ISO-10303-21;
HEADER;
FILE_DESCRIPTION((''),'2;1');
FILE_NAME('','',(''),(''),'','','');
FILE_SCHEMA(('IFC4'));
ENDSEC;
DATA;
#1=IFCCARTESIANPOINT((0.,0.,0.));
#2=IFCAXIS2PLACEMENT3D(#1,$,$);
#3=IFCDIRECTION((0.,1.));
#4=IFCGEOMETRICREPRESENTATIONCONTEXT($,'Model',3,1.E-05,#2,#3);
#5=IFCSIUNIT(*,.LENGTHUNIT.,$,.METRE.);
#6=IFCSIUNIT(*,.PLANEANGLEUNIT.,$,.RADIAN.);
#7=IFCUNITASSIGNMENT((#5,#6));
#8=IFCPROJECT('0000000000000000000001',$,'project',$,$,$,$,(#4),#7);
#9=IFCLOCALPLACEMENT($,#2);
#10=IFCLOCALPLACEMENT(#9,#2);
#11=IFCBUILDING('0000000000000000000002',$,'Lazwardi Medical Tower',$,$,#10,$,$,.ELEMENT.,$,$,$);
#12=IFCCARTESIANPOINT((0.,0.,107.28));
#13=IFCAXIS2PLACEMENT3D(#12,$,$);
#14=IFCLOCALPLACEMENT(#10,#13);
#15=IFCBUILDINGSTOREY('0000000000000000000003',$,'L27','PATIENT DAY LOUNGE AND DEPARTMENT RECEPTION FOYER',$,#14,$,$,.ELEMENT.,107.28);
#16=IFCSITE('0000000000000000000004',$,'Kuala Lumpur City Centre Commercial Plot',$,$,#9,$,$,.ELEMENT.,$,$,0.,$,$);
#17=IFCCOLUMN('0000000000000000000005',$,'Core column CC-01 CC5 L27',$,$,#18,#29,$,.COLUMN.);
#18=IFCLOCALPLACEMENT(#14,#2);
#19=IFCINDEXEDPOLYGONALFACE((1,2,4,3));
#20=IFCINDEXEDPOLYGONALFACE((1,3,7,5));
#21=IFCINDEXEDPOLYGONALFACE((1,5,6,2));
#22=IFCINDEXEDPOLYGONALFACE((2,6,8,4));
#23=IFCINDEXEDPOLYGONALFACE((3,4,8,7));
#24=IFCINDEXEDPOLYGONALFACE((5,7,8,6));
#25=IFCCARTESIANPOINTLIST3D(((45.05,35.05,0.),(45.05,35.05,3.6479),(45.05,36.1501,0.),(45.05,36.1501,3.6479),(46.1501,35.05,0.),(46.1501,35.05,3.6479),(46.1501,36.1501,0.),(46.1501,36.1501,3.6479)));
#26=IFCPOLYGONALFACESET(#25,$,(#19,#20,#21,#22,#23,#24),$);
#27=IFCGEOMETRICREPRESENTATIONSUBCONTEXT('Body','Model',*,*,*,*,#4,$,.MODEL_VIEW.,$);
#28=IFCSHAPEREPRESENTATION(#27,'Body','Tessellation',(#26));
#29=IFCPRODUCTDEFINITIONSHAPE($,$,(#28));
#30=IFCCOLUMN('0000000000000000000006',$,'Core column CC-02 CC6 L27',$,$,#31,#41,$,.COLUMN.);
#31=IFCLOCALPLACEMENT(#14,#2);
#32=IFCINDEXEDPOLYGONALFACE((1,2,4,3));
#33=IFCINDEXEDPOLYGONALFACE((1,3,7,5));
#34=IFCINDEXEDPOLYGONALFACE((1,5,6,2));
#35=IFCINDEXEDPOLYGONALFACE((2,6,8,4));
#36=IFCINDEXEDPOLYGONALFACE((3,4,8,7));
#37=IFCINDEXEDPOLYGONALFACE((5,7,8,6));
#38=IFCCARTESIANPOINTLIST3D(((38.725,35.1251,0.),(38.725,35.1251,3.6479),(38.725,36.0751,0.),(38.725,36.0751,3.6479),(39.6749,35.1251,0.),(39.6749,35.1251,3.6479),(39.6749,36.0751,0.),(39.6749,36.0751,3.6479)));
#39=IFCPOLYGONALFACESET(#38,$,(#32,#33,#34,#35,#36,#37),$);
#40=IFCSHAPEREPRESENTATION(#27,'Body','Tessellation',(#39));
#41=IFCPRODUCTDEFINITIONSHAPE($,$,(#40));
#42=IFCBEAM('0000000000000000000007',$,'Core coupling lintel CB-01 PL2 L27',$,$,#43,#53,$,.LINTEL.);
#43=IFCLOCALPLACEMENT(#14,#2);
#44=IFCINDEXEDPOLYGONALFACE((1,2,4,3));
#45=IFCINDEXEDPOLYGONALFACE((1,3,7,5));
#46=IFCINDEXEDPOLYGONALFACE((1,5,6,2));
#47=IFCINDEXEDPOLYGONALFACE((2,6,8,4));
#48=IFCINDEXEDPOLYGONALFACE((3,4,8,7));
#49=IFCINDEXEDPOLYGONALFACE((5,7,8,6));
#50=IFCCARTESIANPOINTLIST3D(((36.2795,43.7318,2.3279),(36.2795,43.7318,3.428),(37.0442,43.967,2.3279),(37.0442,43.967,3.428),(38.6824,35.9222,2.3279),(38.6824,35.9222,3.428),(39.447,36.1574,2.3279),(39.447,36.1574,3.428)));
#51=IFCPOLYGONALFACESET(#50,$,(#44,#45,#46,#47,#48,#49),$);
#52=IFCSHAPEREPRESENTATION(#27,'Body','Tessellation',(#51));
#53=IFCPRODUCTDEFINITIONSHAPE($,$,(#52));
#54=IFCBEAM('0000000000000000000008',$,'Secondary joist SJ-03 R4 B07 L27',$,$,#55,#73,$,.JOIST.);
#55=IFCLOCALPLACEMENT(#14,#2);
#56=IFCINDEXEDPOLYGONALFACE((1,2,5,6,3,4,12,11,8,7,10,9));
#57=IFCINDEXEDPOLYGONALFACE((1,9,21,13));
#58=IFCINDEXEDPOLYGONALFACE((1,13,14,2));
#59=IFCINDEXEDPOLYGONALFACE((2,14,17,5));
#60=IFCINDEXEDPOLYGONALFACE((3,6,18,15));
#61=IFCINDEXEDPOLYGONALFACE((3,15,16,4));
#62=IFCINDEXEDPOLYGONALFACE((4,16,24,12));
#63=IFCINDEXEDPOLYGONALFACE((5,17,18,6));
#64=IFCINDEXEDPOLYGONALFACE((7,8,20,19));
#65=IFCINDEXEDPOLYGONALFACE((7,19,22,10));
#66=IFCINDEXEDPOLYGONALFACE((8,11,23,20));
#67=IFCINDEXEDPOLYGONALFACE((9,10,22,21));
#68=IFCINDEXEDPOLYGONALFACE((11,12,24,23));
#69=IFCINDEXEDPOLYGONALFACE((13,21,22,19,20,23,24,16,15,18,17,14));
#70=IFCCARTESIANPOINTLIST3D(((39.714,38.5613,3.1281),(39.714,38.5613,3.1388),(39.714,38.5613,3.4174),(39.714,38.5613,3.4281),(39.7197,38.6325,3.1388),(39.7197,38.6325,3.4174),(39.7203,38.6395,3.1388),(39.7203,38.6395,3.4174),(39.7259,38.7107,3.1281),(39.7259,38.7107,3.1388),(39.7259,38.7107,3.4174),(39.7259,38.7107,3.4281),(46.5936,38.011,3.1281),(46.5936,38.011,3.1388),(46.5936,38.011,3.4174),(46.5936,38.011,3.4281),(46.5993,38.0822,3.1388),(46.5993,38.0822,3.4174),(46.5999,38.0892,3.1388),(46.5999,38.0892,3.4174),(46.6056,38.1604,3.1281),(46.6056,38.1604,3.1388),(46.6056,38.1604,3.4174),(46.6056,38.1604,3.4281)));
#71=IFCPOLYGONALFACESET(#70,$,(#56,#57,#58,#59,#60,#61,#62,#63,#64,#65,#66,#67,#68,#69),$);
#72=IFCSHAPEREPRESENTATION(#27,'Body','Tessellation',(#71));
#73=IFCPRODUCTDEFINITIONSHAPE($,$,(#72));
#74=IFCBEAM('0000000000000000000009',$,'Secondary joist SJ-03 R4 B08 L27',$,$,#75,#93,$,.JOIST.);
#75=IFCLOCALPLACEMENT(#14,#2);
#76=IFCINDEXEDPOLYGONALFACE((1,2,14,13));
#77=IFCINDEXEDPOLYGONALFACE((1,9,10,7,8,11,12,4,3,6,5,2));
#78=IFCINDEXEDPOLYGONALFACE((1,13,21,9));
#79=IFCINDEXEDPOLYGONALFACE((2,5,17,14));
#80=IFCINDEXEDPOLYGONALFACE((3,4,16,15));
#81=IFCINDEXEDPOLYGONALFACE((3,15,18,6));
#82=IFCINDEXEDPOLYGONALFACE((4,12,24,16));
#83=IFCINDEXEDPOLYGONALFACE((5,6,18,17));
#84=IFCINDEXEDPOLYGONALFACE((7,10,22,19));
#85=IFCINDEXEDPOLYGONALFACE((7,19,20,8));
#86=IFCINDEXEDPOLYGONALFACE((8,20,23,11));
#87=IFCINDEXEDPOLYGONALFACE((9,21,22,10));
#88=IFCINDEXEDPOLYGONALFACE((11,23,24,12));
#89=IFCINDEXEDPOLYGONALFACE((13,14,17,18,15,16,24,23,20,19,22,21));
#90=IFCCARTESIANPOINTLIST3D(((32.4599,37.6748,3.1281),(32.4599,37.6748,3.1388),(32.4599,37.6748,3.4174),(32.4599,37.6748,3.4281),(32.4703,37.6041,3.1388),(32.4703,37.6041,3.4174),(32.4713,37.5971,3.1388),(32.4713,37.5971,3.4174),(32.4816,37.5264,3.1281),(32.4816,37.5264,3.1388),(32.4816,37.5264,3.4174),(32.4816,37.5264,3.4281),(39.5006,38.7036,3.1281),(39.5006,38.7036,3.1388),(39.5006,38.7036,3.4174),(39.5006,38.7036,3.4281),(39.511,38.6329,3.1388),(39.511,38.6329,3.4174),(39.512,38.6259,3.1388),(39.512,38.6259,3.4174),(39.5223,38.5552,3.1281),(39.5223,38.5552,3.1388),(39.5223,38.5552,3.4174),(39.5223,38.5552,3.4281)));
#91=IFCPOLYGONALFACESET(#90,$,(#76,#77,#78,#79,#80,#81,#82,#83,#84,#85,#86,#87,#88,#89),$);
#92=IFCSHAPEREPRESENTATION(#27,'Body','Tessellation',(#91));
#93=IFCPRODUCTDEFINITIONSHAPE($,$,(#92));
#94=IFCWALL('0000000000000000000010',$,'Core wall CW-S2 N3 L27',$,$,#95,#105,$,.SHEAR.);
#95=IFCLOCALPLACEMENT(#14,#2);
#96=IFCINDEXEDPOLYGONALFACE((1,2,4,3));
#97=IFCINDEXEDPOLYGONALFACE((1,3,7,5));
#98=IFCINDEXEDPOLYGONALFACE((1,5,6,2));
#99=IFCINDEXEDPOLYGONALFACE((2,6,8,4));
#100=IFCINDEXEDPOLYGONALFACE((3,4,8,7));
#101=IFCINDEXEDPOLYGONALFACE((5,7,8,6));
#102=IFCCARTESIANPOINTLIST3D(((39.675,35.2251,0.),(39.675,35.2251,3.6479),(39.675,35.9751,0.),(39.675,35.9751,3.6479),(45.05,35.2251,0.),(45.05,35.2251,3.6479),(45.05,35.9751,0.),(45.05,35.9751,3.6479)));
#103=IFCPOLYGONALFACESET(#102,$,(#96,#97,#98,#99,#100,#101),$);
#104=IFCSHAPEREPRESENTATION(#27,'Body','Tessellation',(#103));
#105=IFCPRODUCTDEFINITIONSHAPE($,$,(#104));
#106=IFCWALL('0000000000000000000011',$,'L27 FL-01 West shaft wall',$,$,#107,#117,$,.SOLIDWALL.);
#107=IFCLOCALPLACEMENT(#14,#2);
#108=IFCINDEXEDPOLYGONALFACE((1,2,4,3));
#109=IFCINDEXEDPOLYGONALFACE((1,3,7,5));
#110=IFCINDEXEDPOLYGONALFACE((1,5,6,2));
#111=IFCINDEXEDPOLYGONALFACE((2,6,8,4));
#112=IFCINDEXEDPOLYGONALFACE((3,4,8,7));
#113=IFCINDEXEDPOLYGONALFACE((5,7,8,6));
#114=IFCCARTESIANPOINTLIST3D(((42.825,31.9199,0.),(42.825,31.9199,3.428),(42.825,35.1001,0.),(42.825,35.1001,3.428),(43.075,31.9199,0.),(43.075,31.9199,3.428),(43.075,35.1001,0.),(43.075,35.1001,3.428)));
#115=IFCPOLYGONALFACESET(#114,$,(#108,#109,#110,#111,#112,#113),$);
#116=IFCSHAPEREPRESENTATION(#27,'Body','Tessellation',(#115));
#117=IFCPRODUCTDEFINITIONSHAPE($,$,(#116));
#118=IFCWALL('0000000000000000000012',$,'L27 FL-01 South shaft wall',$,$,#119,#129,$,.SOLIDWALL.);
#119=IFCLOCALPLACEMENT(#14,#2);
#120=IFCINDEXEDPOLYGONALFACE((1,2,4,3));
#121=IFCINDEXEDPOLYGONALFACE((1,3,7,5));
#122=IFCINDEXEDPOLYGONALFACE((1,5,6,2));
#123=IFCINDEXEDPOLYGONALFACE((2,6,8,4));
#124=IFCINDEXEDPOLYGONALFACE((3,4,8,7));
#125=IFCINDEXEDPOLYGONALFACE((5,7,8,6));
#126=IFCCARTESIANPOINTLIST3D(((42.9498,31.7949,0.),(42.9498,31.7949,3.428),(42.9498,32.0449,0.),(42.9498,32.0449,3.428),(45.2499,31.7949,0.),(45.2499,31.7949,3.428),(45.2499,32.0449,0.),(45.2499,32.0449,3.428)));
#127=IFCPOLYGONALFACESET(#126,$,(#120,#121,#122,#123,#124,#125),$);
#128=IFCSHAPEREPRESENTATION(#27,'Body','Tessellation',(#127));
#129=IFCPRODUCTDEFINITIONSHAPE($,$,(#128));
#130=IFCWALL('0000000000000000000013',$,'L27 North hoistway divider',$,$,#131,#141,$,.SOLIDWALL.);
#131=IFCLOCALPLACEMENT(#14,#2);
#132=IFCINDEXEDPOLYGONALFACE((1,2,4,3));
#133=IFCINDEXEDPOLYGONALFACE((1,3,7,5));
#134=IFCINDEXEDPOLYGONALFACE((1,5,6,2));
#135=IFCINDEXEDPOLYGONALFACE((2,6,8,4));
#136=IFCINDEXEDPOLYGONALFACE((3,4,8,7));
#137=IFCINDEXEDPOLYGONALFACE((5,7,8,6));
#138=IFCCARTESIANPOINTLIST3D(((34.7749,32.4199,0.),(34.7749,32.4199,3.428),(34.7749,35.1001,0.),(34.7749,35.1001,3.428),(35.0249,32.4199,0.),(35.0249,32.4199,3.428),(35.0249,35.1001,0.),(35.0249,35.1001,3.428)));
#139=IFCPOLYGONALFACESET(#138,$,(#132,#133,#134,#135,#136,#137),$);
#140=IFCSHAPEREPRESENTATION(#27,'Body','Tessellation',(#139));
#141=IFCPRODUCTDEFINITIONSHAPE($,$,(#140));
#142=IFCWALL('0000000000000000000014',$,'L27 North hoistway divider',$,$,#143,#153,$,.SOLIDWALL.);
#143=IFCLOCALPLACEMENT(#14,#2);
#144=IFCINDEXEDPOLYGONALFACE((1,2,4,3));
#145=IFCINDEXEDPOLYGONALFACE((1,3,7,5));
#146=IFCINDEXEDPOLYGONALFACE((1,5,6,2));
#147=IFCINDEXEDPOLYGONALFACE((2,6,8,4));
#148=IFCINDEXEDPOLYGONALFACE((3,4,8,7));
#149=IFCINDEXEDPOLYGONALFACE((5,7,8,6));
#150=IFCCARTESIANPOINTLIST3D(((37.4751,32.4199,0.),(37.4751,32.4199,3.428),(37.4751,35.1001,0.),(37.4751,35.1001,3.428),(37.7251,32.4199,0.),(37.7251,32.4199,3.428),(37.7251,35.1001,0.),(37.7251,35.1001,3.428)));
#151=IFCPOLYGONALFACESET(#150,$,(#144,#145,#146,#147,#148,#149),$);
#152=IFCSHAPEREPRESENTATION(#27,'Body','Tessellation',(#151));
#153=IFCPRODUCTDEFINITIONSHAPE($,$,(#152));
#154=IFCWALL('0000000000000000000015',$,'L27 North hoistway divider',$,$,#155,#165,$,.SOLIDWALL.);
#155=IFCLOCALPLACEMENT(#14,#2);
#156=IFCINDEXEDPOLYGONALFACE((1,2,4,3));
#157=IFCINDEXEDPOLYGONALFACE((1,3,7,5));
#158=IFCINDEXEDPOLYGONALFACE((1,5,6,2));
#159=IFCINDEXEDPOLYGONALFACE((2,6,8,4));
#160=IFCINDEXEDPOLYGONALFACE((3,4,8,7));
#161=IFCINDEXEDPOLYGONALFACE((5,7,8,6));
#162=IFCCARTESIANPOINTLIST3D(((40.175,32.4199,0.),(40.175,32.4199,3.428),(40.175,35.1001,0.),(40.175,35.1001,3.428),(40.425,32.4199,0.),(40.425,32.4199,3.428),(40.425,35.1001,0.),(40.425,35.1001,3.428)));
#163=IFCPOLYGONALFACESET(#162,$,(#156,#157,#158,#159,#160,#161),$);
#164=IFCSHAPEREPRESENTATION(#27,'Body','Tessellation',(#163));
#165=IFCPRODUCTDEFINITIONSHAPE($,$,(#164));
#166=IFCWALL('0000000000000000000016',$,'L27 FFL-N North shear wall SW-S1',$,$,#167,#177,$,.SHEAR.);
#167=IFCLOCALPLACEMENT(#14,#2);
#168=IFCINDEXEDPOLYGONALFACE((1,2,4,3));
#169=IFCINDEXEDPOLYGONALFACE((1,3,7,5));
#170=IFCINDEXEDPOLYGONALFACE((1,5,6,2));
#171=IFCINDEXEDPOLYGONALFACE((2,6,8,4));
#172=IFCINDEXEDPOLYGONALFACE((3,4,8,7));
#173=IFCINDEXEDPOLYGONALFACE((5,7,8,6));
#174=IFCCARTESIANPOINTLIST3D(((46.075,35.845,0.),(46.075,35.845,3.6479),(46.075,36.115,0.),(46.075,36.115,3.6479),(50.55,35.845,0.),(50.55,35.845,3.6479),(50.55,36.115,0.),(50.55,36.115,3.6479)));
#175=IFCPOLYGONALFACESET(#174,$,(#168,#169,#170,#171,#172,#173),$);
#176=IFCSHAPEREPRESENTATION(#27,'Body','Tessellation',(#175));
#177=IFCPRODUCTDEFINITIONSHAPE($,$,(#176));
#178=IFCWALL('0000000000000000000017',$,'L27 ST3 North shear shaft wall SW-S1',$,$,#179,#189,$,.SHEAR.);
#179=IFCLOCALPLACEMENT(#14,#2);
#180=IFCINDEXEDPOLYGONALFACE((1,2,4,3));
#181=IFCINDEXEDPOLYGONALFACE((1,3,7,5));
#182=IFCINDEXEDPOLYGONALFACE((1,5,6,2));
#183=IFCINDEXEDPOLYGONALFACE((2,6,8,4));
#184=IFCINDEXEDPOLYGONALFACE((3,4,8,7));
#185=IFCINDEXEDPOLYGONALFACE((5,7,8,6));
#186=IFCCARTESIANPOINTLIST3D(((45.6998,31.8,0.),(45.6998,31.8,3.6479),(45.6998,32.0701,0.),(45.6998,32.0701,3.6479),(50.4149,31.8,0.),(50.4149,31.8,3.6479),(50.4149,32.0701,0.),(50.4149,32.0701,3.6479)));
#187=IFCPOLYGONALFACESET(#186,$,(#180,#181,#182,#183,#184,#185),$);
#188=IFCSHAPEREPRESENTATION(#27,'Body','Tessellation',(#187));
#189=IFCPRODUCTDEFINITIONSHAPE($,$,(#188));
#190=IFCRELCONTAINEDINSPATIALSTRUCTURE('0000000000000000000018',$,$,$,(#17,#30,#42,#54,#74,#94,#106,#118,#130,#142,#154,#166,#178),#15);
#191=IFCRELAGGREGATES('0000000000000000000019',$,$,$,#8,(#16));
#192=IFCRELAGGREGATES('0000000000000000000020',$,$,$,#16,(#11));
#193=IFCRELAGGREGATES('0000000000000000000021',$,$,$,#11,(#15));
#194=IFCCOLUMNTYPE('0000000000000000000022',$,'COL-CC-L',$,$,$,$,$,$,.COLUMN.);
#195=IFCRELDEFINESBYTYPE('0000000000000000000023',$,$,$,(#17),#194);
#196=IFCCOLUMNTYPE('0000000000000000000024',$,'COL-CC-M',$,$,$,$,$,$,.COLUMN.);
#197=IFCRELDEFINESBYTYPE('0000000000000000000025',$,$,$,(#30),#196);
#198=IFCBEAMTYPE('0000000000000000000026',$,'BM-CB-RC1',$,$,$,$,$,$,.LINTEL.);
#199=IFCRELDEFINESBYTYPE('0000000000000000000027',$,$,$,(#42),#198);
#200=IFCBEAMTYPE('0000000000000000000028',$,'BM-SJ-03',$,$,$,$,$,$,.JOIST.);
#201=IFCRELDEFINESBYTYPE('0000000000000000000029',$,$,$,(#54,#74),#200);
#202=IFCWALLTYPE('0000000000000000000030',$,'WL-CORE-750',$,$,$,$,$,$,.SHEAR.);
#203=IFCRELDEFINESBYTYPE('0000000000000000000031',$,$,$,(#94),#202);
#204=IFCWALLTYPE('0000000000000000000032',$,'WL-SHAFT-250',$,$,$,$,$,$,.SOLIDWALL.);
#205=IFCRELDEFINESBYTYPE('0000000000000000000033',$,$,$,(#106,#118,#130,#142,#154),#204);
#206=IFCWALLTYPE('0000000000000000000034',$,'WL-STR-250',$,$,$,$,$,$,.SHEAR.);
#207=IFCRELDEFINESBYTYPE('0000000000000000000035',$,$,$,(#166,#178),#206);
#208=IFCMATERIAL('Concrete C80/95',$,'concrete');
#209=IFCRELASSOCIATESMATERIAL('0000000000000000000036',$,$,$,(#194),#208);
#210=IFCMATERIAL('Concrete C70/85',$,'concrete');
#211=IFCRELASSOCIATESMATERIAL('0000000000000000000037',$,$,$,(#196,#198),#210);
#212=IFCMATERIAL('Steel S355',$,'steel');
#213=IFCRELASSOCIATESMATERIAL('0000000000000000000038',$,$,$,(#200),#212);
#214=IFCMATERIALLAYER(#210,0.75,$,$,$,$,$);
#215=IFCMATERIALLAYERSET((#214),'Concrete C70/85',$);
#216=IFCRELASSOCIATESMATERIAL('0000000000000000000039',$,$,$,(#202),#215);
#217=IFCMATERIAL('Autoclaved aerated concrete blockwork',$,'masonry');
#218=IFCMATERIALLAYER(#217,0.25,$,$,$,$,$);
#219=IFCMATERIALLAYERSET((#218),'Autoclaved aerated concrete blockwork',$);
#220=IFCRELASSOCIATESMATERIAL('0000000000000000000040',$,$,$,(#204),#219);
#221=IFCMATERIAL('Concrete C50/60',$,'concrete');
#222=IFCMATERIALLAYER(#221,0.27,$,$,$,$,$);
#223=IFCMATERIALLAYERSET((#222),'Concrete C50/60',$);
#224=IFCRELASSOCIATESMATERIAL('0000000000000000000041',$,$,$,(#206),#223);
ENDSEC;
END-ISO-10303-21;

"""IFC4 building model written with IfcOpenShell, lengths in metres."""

from ifc_helpers import new_model, si_unit, direction, frame, frame_2d, origin, origin_2d, place, context, subcontext, project, spatial, rectangle, i_section, extrude, material, layer, layer_set, material_profile, profile_set, type_object, element, save


model = new_model("IFC4")

# Units and contexts
model_context = context("Model", 3, precision=1e-05, world=origin(), true_north=direction((0.0, 1.0)))
body_context = subcontext(model_context, "Body", "Model", "MODEL_VIEW")
ifc_project = project(units=[si_unit("LENGTHUNIT", "METRE"), si_unit("PLANEANGLEUNIT", "RADIAN")], contexts=[model_context])

# Site, building, storey
site_placement = place(None, origin())
site = spatial("IfcSite", under=ifc_project, at=site_placement, Name="Kuala Lumpur City Centre Commercial Plot", CompositionType="ELEMENT", RefElevation=0.0)
building_placement = place(site_placement, origin())
building = spatial("IfcBuilding", under=site, at=building_placement, Name="Lazwardi Medical Tower", CompositionType="ELEMENT")
storey_placement = place(building_placement, frame((0.0, 0.0, 107.28)))
storey = spatial("IfcBuildingStorey", under=building, at=storey_placement, Name="L27", Description="PATIENT DAY LOUNGE AND DEPARTMENT RECEPTION FOYER", CompositionType="ELEMENT", Elevation=107.28)

# Columns
ifc_material_1 = material(Name="Concrete C80/95", Category="concrete")
ifc_material_profile_1 = material_profile(ifc_material_1, rectangle(XDim=1.1001, YDim=1.1001, at=origin_2d()), Name="RC 1100x1100")
ifc_profile_set_1 = profile_set([ifc_material_profile_1], Name="Concrete C80/95")
column_type_1 = type_object("IfcColumnType", Name="COL-CC-L", PredefinedType="COLUMN", material=ifc_profile_set_1)
column_1_placement = place(storey_placement, frame((45.6001, 35.6001, 0.0), z_axis=(0.0, 0.0, 1.0), x_axis=(1.0, 0.0, 0.0)))
element("IfcColumn", 1, at=column_1_placement, inside=storey, type_object=column_type_1, Name="Core column CC-01 CC5 L27", PredefinedType="COLUMN", context=body_context, shape_type="SweptSolid", body=[
    extrude(rectangle(XDim=1.1001, YDim=1.1001, at=origin_2d()), origin(), (0.0, 0.0, 1.0), 3.6479),
])
ifc_material_2 = material(Name="Concrete C70/85", Category="concrete")
ifc_material_profile_2 = material_profile(ifc_material_2, rectangle(XDim=0.95, YDim=0.95, at=origin_2d()), Name="RC 950x950")
ifc_profile_set_2 = profile_set([ifc_material_profile_2], Name="Concrete C70/85")
column_type_2 = type_object("IfcColumnType", Name="COL-CC-M", PredefinedType="COLUMN", material=ifc_profile_set_2)
column_2_placement = place(storey_placement, frame((39.2, 35.6001, 0.0), z_axis=(0.0, 0.0, 1.0), x_axis=(1.0, 0.0, 0.0)))
element("IfcColumn", 2, at=column_2_placement, inside=storey, type_object=column_type_2, Name="Core column CC-02 CC6 L27", PredefinedType="COLUMN", context=body_context, shape_type="SweptSolid", body=[
    extrude(rectangle(XDim=0.95, YDim=0.95, at=origin_2d()), origin(), (0.0, 0.0, 1.0), 3.6479),
])

# Beams
ifc_material_profile_3 = material_profile(ifc_material_2, rectangle(XDim=0.8, YDim=1.1001, at=origin_2d()), Name="RC 800x1100")
ifc_profile_set_3 = profile_set([ifc_material_profile_3], Name="Concrete C70/85")
beam_type_1 = type_object("IfcBeamType", Name="BM-CB-RC1", PredefinedType="LINTEL", material=ifc_profile_set_3)
beam_1_placement = place(storey_placement, frame((39.0647, 36.0398, 2.8779), z_axis=(-0.294073, 0.955783, 0.0), x_axis=(-0.955783, -0.294073, 0.0)))
element("IfcBeam", 3, at=beam_1_placement, inside=storey, type_object=beam_type_1, Name="Core coupling lintel CB-01 PL2 L27", PredefinedType="LINTEL", context=body_context, shape_type="SweptSolid", body=[
    extrude(rectangle(XDim=0.8, YDim=1.1001, at=origin_2d()), origin(), (0.0, 0.0, 1.0), 8.1709),
])
ifc_material_3 = material(Name="Steel S355", Category="steel")
ifc_material_profile_4 = material_profile(ifc_material_3, i_section(OverallWidth=0.1499, OverallDepth=0.3, WebThickness=0.0071, FlangeThickness=0.0107, at=origin_2d()), Name="IPE 300")
ifc_profile_set_4 = profile_set([ifc_material_profile_4], Name="Steel S355")
beam_type_2 = type_object("IfcBeamType", Name="BM-SJ-03", PredefinedType="JOIST", material=ifc_profile_set_4)
beam_2_placement = place(storey_placement, frame((46.5996, 38.0857, 3.2781), z_axis=(-0.996816, 0.079734, 0.0), x_axis=(-0.079734, -0.996816, 0.0)))
element("IfcBeam", 4, at=beam_2_placement, inside=storey, type_object=beam_type_2, Name="Secondary joist SJ-03 R4 B07 L27", PredefinedType="JOIST", context=body_context, shape_type="SweptSolid", body=[
    extrude(i_section(OverallWidth=0.1499, OverallDepth=0.3, WebThickness=0.0071, FlangeThickness=0.0107, at=origin_2d()), origin(), (0.0, 0.0, 1.0), 6.9016),
])
beam_3_placement = place(storey_placement, frame((39.5115, 38.6294, 3.2781), z_axis=(-0.989492, -0.144586, 0.0), x_axis=(0.144586, -0.989492, 0.0)))
element("IfcBeam", 5, at=beam_3_placement, inside=storey, type_object=beam_type_2, Name="Secondary joist SJ-03 R4 B08 L27", PredefinedType="JOIST", context=body_context, shape_type="SweptSolid", body=[
    extrude(i_section(OverallWidth=0.1499, OverallDepth=0.3, WebThickness=0.0071, FlangeThickness=0.0107, at=origin_2d()), origin(), (0.0, 0.0, 1.0), 7.1155),
])

# Walls
ifc_layer_1 = layer(ifc_material_2, 0.75)
ifc_layer_set_1 = layer_set([ifc_layer_1], Name="Concrete C70/85")
wall_type_1 = type_object("IfcWallType", Name="WL-CORE-750", PredefinedType="SHEAR", material=ifc_layer_set_1)
wall_1_placement = place(storey_placement, frame((39.675, 35.6001, 0.0), z_axis=(0.0, 0.0, 1.0), x_axis=(1.0, 0.0, 0.0)))
element("IfcWall", 6, at=wall_1_placement, inside=storey, type_object=wall_type_1, Name="Core wall CW-S2 N3 L27", PredefinedType="SHEAR", context=body_context, shape_type="SweptSolid", body=[
    extrude(rectangle(XDim=5.375, YDim=0.75, at=frame_2d((2.6875, 0.0))), origin(), (0.0, 0.0, 1.0), 3.6479),
])
ifc_material_4 = material(Name="Autoclaved aerated concrete blockwork", Category="masonry")
ifc_layer_2 = layer(ifc_material_4, 0.25)
ifc_layer_set_2 = layer_set([ifc_layer_2], Name="Autoclaved aerated concrete blockwork")
wall_type_2 = type_object("IfcWallType", Name="WL-SHAFT-250", PredefinedType="SOLIDWALL", material=ifc_layer_set_2)
wall_2_placement = place(storey_placement, frame((42.95, 31.9199, 0.0), z_axis=(0.0, 0.0, 1.0), x_axis=(0.0, 1.0, 0.0)))
element("IfcWall", 7, at=wall_2_placement, inside=storey, type_object=wall_type_2, Name="L27 FL-01 West shaft wall", PredefinedType="SOLIDWALL", context=body_context, shape_type="SweptSolid", body=[
    extrude(rectangle(XDim=3.1802, YDim=0.25, at=frame_2d((1.5901, 0.0))), origin(), (0.0, 0.0, 1.0), 3.428),
])
wall_3_placement = place(storey_placement, frame((42.95, 31.9199, 0.0), z_axis=(0.0, 0.0, 1.0), x_axis=(1.0, 0.0, 0.0)))
element("IfcWall", 8, at=wall_3_placement, inside=storey, type_object=wall_type_2, Name="L27 FL-01 South shaft wall", PredefinedType="SOLIDWALL", context=body_context, shape_type="SweptSolid", body=[
    extrude(rectangle(XDim=2.3, YDim=0.25, at=frame_2d((1.1499, 0.0))), origin(), (0.0, 0.0, 1.0), 3.428),
])
for number, where, z_axis, x_axis, name in (
    (9, (34.8999, 32.4199, 0.0), (0.0, 0.0, 1.0), (0.0, 1.0, 0.0), "L27 North hoistway divider"),
    (10, (37.6001, 32.4199, 0.0), (0.0, 0.0, 1.0), (0.0, 1.0, 0.0), "L27 North hoistway divider"),
    (11, (40.3, 32.4199, 0.0), (0.0, 0.0, 1.0), (0.0, 1.0, 0.0), "L27 North hoistway divider"),
):
    element("IfcWall", number, at=place(storey_placement, frame(where, z_axis=z_axis, x_axis=x_axis)), inside=storey, type_object=wall_type_2, Name=name, PredefinedType="SOLIDWALL", context=body_context, shape_type="SweptSolid", body=[
        extrude(rectangle(XDim=2.6802, YDim=0.25, at=frame_2d((1.3401, 0.0))), origin(), (0.0, 0.0, 1.0), 3.428),
    ])

# Shared definitions
ifc_material_5 = material(Name="Concrete C50/60", Category="concrete")
ifc_layer_3 = layer(ifc_material_5, 0.27)
ifc_layer_set_3 = layer_set([ifc_layer_3], Name="Concrete C50/60")
wall_type_3 = type_object("IfcWallType", Name="WL-STR-250", PredefinedType="SHEAR", material=ifc_layer_set_3)

# Walls
wall_4_placement = place(storey_placement, frame((46.075, 35.98, 0.0), z_axis=(0.0, 0.0, 1.0), x_axis=(1.0, 0.0, 0.0)))
element("IfcWall", 12, at=wall_4_placement, inside=storey, type_object=wall_type_3, Name="L27 FFL-N North shear wall SW-S1", PredefinedType="SHEAR", context=body_context, shape_type="SweptSolid", body=[
    extrude(rectangle(XDim=4.4751, YDim=0.27, at=frame_2d((2.2375, 0.0))), origin(), (0.0, 0.0, 1.0), 3.6479),
])
wall_5_placement = place(storey_placement, frame((45.7, 31.9351, 0.0), z_axis=(0.0, 0.0, 1.0), x_axis=(1.0, 0.0, 0.0)))
element("IfcWall", 13, at=wall_5_placement, inside=storey, type_object=wall_type_3, Name="L27 ST3 North shear shaft wall SW-S1", PredefinedType="SHEAR", context=body_context, shape_type="SweptSolid", body=[
    extrude(rectangle(XDim=4.7151, YDim=0.27, at=frame_2d((2.3574, 0.0))), origin(), (0.0, 0.0, 1.0), 3.6479),
])

save(model, "model.ifc")
